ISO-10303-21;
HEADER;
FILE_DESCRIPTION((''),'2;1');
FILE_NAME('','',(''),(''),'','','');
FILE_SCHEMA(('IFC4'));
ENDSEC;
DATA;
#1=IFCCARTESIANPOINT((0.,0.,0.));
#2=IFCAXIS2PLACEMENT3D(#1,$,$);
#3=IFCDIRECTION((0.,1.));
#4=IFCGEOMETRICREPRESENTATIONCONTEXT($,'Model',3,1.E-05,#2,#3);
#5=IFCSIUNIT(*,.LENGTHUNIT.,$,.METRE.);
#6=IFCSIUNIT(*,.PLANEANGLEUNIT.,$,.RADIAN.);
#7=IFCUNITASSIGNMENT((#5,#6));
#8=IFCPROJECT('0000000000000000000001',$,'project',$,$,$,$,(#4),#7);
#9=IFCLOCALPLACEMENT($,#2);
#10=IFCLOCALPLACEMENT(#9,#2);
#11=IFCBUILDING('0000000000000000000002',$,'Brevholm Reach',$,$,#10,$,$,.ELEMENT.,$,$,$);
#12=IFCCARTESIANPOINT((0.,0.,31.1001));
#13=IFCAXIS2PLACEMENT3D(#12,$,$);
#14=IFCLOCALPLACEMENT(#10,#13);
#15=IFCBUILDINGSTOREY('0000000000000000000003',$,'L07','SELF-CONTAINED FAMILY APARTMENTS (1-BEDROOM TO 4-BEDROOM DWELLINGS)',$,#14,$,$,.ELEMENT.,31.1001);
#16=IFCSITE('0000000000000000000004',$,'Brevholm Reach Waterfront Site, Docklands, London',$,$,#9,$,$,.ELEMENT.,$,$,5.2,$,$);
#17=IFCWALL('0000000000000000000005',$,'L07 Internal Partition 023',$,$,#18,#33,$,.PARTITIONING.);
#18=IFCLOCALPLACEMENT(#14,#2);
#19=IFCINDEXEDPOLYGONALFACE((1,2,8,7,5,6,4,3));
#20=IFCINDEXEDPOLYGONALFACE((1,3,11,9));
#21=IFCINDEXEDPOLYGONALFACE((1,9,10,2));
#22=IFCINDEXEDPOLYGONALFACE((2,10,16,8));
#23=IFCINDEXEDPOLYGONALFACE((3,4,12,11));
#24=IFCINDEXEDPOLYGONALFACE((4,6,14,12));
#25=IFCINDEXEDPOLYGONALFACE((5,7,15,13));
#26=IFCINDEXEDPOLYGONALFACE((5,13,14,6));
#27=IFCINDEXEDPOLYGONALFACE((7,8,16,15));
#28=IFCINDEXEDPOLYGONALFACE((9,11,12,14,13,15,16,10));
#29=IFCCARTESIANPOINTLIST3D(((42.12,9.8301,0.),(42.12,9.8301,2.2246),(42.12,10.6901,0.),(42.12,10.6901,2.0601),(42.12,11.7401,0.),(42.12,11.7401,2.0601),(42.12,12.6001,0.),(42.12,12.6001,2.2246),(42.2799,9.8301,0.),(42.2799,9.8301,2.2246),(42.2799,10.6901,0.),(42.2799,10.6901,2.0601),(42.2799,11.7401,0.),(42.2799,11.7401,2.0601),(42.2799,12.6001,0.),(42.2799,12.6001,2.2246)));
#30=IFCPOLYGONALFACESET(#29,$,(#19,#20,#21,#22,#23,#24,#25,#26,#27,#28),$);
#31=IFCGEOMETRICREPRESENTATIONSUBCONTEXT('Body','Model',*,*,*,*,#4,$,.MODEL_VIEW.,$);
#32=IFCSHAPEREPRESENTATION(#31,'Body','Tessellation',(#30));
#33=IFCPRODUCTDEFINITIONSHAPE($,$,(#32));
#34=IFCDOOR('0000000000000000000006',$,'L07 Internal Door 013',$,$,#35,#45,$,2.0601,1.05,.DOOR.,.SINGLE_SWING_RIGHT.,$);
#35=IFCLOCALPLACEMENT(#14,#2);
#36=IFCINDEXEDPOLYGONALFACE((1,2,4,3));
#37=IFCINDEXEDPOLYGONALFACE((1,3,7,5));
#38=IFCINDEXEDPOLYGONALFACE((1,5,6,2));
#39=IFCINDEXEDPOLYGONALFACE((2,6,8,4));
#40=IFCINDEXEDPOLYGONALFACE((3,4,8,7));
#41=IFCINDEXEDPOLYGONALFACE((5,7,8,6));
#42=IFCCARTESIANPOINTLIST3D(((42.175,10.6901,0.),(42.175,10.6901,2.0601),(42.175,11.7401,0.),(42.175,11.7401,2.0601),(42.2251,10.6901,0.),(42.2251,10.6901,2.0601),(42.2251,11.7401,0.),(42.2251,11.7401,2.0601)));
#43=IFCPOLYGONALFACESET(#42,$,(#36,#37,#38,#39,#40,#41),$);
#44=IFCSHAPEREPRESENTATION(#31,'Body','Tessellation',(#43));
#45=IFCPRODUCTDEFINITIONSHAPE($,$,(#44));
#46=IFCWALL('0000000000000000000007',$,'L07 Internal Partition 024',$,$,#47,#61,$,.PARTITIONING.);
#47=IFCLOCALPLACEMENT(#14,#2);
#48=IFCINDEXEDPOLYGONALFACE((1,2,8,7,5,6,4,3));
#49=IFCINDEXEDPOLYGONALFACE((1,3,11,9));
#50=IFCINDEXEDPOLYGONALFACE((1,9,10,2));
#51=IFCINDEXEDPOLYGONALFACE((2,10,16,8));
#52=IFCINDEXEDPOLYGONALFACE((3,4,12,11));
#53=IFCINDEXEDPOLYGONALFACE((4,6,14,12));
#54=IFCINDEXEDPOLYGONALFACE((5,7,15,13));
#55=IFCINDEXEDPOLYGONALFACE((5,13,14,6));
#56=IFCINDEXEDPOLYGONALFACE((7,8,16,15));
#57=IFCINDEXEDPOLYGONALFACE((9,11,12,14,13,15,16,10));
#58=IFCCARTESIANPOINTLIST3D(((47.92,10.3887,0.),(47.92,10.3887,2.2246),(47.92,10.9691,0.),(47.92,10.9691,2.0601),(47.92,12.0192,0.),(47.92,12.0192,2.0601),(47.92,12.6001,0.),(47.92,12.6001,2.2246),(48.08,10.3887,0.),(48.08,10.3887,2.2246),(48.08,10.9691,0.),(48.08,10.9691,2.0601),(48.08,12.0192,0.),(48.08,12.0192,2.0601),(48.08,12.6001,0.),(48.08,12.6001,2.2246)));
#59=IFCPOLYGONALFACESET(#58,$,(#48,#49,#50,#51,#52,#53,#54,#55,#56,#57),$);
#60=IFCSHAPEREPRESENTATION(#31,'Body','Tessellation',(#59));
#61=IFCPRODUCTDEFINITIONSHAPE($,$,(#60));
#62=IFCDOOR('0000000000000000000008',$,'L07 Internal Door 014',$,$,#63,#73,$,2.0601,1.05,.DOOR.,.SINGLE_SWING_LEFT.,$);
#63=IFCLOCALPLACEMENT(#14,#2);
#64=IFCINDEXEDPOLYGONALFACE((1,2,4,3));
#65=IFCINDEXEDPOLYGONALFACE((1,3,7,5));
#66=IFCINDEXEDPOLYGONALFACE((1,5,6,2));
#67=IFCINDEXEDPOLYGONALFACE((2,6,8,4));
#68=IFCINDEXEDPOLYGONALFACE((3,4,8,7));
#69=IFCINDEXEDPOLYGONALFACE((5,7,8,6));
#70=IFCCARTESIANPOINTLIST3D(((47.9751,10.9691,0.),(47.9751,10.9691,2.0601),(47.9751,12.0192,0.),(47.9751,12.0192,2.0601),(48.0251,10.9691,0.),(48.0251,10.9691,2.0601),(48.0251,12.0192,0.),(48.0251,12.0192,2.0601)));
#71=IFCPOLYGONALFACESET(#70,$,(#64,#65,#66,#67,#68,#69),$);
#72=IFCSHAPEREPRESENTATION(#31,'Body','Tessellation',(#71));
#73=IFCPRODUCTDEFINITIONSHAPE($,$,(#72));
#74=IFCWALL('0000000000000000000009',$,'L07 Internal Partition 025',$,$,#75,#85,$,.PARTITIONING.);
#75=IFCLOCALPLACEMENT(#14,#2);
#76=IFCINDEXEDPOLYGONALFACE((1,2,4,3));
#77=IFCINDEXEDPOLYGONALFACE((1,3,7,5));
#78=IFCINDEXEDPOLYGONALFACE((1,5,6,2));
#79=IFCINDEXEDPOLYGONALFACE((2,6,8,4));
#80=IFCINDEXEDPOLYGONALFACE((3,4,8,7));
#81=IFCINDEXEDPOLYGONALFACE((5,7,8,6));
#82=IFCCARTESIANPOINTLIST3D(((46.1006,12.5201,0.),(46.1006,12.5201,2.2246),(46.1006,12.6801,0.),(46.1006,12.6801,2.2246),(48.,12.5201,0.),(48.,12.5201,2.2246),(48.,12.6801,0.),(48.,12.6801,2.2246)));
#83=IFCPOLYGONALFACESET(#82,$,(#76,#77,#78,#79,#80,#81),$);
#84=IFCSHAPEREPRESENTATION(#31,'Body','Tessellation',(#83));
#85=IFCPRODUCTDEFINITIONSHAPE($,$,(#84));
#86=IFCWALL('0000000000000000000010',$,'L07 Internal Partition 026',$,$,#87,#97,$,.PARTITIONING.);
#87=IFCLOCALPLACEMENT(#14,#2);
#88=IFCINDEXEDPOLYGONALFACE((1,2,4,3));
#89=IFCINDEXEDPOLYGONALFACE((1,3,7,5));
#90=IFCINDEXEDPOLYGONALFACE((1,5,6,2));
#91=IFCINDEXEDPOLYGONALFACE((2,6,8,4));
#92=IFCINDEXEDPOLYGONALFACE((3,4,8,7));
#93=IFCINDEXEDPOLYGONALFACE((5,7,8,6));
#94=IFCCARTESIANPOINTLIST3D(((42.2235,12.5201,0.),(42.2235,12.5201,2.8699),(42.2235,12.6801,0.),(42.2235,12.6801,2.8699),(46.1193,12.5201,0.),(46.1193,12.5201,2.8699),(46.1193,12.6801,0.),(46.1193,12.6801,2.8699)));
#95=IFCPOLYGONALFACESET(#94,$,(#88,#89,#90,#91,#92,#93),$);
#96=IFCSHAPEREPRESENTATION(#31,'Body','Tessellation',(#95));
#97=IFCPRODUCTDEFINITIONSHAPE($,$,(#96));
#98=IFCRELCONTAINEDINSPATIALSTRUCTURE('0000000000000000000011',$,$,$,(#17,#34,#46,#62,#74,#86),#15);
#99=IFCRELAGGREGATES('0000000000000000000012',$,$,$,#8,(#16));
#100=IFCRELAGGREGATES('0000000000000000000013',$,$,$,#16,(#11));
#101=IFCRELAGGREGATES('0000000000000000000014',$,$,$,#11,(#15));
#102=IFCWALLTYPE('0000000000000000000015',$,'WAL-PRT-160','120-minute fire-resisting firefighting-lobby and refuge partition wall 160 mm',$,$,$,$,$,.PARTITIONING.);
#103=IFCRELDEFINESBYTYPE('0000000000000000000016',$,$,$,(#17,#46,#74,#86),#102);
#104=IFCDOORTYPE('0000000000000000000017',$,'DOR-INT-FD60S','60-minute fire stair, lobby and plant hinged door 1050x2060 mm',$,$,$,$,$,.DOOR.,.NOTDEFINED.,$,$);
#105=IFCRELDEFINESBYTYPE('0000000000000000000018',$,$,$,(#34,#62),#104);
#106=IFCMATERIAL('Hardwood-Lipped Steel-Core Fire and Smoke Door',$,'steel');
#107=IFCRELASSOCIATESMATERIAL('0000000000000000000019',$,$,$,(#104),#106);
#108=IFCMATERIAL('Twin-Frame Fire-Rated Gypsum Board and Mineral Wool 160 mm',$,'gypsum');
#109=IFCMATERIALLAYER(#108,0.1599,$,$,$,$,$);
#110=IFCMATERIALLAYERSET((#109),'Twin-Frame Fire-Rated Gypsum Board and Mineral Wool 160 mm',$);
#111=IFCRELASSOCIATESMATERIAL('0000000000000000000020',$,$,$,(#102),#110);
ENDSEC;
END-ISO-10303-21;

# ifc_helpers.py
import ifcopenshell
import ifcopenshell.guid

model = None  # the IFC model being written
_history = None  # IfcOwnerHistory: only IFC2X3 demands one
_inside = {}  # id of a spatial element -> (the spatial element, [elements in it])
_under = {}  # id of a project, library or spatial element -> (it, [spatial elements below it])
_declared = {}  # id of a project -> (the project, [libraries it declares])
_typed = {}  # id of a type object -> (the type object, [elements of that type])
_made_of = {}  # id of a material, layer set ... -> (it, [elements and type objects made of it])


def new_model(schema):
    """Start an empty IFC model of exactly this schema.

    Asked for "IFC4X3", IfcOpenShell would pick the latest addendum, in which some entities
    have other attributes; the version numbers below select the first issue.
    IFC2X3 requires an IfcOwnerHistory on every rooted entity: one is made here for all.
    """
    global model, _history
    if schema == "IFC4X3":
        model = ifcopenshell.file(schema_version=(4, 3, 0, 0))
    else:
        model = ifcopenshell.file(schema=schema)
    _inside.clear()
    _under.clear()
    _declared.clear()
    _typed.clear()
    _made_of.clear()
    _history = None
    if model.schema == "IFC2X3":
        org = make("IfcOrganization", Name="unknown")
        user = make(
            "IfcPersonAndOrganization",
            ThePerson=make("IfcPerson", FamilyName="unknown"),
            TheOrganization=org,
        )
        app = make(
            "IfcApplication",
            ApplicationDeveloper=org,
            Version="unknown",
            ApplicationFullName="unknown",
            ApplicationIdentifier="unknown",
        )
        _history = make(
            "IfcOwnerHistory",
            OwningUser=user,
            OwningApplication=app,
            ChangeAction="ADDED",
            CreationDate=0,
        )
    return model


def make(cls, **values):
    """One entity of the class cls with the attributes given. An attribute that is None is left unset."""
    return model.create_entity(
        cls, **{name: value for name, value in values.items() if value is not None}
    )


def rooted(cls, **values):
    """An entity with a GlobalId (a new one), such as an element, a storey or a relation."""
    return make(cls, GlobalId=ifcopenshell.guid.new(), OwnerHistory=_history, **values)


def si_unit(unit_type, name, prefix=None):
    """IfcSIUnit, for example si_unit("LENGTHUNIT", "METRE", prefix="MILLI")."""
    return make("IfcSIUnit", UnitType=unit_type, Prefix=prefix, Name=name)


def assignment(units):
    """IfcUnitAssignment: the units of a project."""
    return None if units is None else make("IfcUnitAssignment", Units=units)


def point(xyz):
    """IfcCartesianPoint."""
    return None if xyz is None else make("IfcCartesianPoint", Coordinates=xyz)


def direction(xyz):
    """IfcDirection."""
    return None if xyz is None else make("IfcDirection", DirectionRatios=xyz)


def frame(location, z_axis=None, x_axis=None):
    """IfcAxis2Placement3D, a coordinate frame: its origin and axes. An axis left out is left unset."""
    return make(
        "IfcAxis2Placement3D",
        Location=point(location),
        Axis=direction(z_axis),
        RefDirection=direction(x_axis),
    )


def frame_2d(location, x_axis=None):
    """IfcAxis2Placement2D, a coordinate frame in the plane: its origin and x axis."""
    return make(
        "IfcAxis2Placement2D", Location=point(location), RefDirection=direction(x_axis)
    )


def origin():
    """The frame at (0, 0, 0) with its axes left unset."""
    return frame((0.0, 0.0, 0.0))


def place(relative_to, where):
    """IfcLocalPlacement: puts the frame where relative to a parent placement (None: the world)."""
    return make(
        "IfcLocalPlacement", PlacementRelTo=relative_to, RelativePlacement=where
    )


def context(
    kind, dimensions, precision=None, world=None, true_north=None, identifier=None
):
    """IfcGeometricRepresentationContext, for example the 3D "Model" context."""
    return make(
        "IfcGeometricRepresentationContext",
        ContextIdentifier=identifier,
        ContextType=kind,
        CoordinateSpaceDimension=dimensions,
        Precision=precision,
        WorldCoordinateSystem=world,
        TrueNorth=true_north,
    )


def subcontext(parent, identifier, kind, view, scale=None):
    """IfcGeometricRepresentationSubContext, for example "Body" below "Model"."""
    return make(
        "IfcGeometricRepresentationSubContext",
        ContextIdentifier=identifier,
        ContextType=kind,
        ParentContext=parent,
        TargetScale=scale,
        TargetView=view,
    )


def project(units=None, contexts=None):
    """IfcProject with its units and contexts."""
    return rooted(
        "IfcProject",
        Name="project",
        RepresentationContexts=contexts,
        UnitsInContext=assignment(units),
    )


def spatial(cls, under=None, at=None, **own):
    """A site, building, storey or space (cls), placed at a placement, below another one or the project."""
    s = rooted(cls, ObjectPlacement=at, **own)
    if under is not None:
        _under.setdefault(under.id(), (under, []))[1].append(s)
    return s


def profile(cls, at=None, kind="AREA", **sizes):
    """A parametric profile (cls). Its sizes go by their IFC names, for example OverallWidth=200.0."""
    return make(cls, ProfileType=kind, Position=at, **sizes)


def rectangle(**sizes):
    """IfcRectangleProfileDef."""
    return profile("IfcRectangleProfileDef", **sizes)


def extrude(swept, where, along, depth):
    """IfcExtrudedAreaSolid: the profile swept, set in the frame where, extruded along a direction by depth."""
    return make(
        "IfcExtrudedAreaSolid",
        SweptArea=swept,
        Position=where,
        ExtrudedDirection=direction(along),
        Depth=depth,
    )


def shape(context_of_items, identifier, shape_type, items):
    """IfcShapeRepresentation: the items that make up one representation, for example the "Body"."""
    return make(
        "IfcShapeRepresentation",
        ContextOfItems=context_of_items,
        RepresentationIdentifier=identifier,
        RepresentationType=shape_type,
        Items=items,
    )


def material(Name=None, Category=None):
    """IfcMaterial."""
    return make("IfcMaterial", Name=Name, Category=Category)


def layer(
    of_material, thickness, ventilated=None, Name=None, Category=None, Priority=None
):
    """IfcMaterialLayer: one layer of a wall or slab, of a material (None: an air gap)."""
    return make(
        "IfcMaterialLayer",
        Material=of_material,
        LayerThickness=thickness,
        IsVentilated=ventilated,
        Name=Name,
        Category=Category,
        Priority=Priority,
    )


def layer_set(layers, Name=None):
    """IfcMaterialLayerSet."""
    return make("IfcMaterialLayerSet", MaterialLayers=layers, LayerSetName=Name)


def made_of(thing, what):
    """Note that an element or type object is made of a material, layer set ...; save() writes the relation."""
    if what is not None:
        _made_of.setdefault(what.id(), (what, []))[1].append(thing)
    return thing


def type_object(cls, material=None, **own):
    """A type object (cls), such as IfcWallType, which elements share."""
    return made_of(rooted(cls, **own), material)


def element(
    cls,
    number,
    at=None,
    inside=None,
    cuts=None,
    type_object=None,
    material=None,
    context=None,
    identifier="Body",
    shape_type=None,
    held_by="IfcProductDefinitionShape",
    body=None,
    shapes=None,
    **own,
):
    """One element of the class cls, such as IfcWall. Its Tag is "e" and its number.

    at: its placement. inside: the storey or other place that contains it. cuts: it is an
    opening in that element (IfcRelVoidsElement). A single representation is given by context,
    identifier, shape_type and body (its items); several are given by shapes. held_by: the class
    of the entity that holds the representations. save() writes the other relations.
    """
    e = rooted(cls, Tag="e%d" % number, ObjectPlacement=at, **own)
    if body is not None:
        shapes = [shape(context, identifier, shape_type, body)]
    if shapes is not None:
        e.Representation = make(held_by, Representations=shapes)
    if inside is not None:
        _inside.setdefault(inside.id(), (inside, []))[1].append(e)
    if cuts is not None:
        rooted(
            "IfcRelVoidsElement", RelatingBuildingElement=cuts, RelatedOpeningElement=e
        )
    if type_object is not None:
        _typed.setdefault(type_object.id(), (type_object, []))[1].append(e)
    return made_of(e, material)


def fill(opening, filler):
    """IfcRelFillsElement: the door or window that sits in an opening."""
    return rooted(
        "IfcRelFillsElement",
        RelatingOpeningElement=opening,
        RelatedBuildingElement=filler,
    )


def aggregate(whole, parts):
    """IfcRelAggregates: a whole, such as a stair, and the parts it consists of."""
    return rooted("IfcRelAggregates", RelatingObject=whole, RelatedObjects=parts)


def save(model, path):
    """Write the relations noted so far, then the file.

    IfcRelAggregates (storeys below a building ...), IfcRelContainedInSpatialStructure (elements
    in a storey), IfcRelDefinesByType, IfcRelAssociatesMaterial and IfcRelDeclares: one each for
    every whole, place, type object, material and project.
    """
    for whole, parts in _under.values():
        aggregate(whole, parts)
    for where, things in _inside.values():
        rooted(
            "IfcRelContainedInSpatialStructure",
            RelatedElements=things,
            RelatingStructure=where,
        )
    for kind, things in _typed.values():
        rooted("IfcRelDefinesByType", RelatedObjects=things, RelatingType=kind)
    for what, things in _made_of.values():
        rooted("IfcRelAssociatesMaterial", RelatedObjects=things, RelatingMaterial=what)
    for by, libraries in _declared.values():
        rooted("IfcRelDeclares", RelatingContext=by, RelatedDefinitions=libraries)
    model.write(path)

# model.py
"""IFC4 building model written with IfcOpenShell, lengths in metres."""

from ifc_helpers import new_model, si_unit, direction, frame, frame_2d, origin, place, context, subcontext, project, spatial, rectangle, extrude, material, layer, layer_set, type_object, element, fill, save


model = new_model("IFC4")

# Units and contexts
model_context = context("Model", 3, precision=1e-05, world=origin(), true_north=direction((0.0, 1.0)))
body_context = subcontext(model_context, "Body", "Model", "MODEL_VIEW")
ifc_project = project(units=[si_unit("LENGTHUNIT", "METRE"), si_unit("PLANEANGLEUNIT", "RADIAN")], contexts=[model_context])

# Site, building, storey
site_placement = place(None, origin())
site = spatial("IfcSite", under=ifc_project, at=site_placement, Name="Brevholm Reach Waterfront Site, Docklands, London", CompositionType="ELEMENT", RefElevation=5.2)
building_placement = place(site_placement, origin())
building = spatial("IfcBuilding", under=site, at=building_placement, Name="Brevholm Reach", CompositionType="ELEMENT")
storey_placement = place(building_placement, frame((0.0, 0.0, 31.1001)))
storey = spatial("IfcBuildingStorey", under=building, at=storey_placement, Name="L07", Description="SELF-CONTAINED FAMILY APARTMENTS (1-BEDROOM TO 4-BEDROOM DWELLINGS)", CompositionType="ELEMENT", Elevation=31.1001)

# Shared definitions
ifc_material_1 = material(Name="Hardwood-Lipped Steel-Core Fire and Smoke Door", Category="steel")
door_type_1 = type_object("IfcDoorType", Name="DOR-INT-FD60S", Description="60-minute fire stair, lobby and plant hinged door 1050x2060 mm", OperationType="NOTDEFINED", PredefinedType="DOOR", material=ifc_material_1)

# Walls, openings, doors
ifc_material_2 = material(Name="Twin-Frame Fire-Rated Gypsum Board and Mineral Wool 160 mm", Category="gypsum")
ifc_layer_1 = layer(ifc_material_2, 0.1599)
ifc_layer_set_1 = layer_set([ifc_layer_1], Name="Twin-Frame Fire-Rated Gypsum Board and Mineral Wool 160 mm")
wall_type_1 = type_object("IfcWallType", Name="WAL-PRT-160", Description="120-minute fire-resisting firefighting-lobby and refuge partition wall 160 mm", PredefinedType="PARTITIONING", material=ifc_layer_set_1)
wall_1_placement = place(storey_placement, frame((42.2, 9.8301, 0.0), z_axis=(0.0, 0.0, 1.0), x_axis=(0.0, 1.0, 0.0)))
wall_1 = element("IfcWall", 1, at=wall_1_placement, inside=storey, type_object=wall_type_1, Name="L07 Internal Partition 023", PredefinedType="PARTITIONING", context=body_context, shape_type="SweptSolid", body=[
    extrude(rectangle(XDim=2.77, YDim=0.1599, at=frame_2d((1.385, 0.0))), origin(), (0.0, 0.0, 1.0), 2.2246),
])
opening_1_placement = place(wall_1_placement, frame((0.8601, 0.0, 0.0)))
opening_1 = element("IfcOpeningElement", 2, at=opening_1_placement, cuts=wall_1, PredefinedType="OPENING", context=body_context, shape_type="SweptSolid", body=[
    extrude(rectangle(XDim=1.05, YDim=2.0601, at=frame_2d((0.5249, 1.03))), frame((0.0, 0.0898, 0.0), z_axis=(0.0, -1.0, 0.0), x_axis=(1.0, 0.0, 0.0)), (0.0, 0.0, 1.0), 0.1799),
])
door_1_placement = place(opening_1_placement, origin())
door_1 = element("IfcDoor", 3, at=door_1_placement, inside=storey, type_object=door_type_1, Name="L07 Internal Door 013", OperationType="SINGLE_SWING_RIGHT", OverallHeight=2.0601, OverallWidth=1.05, PredefinedType="DOOR", context=body_context, shape_type="SweptSolid", body=[
    extrude(rectangle(XDim=1.05, YDim=2.0601, at=frame_2d((0.5249, 1.03))), frame((0.0, 0.0249, 0.0), z_axis=(0.0, -1.0, 0.0), x_axis=(1.0, 0.0, 0.0)), (0.0, 0.0, 1.0), 0.05),
])
fill(opening_1, door_1)
wall_2_placement = place(storey_placement, frame((48.0, 10.3887, 0.0), z_axis=(0.0, 0.0, 1.0), x_axis=(0.0, 1.0, 0.0)))
wall_2 = element("IfcWall", 4, at=wall_2_placement, inside=storey, type_object=wall_type_1, Name="L07 Internal Partition 024", PredefinedType="PARTITIONING", context=body_context, shape_type="SweptSolid", body=[
    extrude(rectangle(XDim=2.2114, YDim=0.1599, at=frame_2d((1.1057, 0.0))), origin(), (0.0, 0.0, 1.0), 2.2246),
])
opening_2_placement = place(wall_2_placement, frame((0.5806, 0.0, 0.0)))
opening_2 = element("IfcOpeningElement", 5, at=opening_2_placement, cuts=wall_2, PredefinedType="OPENING", context=body_context, shape_type="SweptSolid", body=[
    extrude(rectangle(XDim=1.05, YDim=2.0601, at=frame_2d((0.5249, 1.03))), frame((0.0, 0.0898, 0.0), z_axis=(0.0, -1.0, 0.0), x_axis=(1.0, 0.0, 0.0)), (0.0, 0.0, 1.0), 0.1799),
])
door_2_placement = place(opening_2_placement, origin())
door_2 = element("IfcDoor", 6, at=door_2_placement, inside=storey, type_object=door_type_1, Name="L07 Internal Door 014", OperationType="SINGLE_SWING_LEFT", OverallHeight=2.0601, OverallWidth=1.05, PredefinedType="DOOR", context=body_context, shape_type="SweptSolid", body=[
    extrude(rectangle(XDim=1.05, YDim=2.0601, at=frame_2d((0.5249, 1.03))), frame((0.0, 0.0249, 0.0), z_axis=(0.0, -1.0, 0.0), x_axis=(1.0, 0.0, 0.0)), (0.0, 0.0, 1.0), 0.05),
])
fill(opening_2, door_2)

# Walls
wall_3_placement = place(storey_placement, frame((46.1006, 12.6001, 0.0), z_axis=(0.0, 0.0, 1.0), x_axis=(1.0, 0.0, 0.0)))
element("IfcWall", 7, at=wall_3_placement, inside=storey, type_object=wall_type_1, Name="L07 Internal Partition 025", PredefinedType="PARTITIONING", context=body_context, shape_type="SweptSolid", body=[
    extrude(rectangle(XDim=1.8994, YDim=0.1599, at=frame_2d((0.9497, 0.0))), origin(), (0.0, 0.0, 1.0), 2.2246),
])
wall_4_placement = place(storey_placement, frame((42.2236, 12.6001, 0.0), z_axis=(0.0, 0.0, 1.0), x_axis=(1.0, 0.0, 0.0)))
element("IfcWall", 8, at=wall_4_placement, inside=storey, type_object=wall_type_1, Name="L07 Internal Partition 026", PredefinedType="PARTITIONING", context=body_context, shape_type="SweptSolid", body=[
    extrude(rectangle(XDim=3.8958, YDim=0.1599, at=frame_2d((1.9478, 0.0))), origin(), (0.0, 0.0, 1.0), 2.8699),
])

save(model, "model.ifc")
